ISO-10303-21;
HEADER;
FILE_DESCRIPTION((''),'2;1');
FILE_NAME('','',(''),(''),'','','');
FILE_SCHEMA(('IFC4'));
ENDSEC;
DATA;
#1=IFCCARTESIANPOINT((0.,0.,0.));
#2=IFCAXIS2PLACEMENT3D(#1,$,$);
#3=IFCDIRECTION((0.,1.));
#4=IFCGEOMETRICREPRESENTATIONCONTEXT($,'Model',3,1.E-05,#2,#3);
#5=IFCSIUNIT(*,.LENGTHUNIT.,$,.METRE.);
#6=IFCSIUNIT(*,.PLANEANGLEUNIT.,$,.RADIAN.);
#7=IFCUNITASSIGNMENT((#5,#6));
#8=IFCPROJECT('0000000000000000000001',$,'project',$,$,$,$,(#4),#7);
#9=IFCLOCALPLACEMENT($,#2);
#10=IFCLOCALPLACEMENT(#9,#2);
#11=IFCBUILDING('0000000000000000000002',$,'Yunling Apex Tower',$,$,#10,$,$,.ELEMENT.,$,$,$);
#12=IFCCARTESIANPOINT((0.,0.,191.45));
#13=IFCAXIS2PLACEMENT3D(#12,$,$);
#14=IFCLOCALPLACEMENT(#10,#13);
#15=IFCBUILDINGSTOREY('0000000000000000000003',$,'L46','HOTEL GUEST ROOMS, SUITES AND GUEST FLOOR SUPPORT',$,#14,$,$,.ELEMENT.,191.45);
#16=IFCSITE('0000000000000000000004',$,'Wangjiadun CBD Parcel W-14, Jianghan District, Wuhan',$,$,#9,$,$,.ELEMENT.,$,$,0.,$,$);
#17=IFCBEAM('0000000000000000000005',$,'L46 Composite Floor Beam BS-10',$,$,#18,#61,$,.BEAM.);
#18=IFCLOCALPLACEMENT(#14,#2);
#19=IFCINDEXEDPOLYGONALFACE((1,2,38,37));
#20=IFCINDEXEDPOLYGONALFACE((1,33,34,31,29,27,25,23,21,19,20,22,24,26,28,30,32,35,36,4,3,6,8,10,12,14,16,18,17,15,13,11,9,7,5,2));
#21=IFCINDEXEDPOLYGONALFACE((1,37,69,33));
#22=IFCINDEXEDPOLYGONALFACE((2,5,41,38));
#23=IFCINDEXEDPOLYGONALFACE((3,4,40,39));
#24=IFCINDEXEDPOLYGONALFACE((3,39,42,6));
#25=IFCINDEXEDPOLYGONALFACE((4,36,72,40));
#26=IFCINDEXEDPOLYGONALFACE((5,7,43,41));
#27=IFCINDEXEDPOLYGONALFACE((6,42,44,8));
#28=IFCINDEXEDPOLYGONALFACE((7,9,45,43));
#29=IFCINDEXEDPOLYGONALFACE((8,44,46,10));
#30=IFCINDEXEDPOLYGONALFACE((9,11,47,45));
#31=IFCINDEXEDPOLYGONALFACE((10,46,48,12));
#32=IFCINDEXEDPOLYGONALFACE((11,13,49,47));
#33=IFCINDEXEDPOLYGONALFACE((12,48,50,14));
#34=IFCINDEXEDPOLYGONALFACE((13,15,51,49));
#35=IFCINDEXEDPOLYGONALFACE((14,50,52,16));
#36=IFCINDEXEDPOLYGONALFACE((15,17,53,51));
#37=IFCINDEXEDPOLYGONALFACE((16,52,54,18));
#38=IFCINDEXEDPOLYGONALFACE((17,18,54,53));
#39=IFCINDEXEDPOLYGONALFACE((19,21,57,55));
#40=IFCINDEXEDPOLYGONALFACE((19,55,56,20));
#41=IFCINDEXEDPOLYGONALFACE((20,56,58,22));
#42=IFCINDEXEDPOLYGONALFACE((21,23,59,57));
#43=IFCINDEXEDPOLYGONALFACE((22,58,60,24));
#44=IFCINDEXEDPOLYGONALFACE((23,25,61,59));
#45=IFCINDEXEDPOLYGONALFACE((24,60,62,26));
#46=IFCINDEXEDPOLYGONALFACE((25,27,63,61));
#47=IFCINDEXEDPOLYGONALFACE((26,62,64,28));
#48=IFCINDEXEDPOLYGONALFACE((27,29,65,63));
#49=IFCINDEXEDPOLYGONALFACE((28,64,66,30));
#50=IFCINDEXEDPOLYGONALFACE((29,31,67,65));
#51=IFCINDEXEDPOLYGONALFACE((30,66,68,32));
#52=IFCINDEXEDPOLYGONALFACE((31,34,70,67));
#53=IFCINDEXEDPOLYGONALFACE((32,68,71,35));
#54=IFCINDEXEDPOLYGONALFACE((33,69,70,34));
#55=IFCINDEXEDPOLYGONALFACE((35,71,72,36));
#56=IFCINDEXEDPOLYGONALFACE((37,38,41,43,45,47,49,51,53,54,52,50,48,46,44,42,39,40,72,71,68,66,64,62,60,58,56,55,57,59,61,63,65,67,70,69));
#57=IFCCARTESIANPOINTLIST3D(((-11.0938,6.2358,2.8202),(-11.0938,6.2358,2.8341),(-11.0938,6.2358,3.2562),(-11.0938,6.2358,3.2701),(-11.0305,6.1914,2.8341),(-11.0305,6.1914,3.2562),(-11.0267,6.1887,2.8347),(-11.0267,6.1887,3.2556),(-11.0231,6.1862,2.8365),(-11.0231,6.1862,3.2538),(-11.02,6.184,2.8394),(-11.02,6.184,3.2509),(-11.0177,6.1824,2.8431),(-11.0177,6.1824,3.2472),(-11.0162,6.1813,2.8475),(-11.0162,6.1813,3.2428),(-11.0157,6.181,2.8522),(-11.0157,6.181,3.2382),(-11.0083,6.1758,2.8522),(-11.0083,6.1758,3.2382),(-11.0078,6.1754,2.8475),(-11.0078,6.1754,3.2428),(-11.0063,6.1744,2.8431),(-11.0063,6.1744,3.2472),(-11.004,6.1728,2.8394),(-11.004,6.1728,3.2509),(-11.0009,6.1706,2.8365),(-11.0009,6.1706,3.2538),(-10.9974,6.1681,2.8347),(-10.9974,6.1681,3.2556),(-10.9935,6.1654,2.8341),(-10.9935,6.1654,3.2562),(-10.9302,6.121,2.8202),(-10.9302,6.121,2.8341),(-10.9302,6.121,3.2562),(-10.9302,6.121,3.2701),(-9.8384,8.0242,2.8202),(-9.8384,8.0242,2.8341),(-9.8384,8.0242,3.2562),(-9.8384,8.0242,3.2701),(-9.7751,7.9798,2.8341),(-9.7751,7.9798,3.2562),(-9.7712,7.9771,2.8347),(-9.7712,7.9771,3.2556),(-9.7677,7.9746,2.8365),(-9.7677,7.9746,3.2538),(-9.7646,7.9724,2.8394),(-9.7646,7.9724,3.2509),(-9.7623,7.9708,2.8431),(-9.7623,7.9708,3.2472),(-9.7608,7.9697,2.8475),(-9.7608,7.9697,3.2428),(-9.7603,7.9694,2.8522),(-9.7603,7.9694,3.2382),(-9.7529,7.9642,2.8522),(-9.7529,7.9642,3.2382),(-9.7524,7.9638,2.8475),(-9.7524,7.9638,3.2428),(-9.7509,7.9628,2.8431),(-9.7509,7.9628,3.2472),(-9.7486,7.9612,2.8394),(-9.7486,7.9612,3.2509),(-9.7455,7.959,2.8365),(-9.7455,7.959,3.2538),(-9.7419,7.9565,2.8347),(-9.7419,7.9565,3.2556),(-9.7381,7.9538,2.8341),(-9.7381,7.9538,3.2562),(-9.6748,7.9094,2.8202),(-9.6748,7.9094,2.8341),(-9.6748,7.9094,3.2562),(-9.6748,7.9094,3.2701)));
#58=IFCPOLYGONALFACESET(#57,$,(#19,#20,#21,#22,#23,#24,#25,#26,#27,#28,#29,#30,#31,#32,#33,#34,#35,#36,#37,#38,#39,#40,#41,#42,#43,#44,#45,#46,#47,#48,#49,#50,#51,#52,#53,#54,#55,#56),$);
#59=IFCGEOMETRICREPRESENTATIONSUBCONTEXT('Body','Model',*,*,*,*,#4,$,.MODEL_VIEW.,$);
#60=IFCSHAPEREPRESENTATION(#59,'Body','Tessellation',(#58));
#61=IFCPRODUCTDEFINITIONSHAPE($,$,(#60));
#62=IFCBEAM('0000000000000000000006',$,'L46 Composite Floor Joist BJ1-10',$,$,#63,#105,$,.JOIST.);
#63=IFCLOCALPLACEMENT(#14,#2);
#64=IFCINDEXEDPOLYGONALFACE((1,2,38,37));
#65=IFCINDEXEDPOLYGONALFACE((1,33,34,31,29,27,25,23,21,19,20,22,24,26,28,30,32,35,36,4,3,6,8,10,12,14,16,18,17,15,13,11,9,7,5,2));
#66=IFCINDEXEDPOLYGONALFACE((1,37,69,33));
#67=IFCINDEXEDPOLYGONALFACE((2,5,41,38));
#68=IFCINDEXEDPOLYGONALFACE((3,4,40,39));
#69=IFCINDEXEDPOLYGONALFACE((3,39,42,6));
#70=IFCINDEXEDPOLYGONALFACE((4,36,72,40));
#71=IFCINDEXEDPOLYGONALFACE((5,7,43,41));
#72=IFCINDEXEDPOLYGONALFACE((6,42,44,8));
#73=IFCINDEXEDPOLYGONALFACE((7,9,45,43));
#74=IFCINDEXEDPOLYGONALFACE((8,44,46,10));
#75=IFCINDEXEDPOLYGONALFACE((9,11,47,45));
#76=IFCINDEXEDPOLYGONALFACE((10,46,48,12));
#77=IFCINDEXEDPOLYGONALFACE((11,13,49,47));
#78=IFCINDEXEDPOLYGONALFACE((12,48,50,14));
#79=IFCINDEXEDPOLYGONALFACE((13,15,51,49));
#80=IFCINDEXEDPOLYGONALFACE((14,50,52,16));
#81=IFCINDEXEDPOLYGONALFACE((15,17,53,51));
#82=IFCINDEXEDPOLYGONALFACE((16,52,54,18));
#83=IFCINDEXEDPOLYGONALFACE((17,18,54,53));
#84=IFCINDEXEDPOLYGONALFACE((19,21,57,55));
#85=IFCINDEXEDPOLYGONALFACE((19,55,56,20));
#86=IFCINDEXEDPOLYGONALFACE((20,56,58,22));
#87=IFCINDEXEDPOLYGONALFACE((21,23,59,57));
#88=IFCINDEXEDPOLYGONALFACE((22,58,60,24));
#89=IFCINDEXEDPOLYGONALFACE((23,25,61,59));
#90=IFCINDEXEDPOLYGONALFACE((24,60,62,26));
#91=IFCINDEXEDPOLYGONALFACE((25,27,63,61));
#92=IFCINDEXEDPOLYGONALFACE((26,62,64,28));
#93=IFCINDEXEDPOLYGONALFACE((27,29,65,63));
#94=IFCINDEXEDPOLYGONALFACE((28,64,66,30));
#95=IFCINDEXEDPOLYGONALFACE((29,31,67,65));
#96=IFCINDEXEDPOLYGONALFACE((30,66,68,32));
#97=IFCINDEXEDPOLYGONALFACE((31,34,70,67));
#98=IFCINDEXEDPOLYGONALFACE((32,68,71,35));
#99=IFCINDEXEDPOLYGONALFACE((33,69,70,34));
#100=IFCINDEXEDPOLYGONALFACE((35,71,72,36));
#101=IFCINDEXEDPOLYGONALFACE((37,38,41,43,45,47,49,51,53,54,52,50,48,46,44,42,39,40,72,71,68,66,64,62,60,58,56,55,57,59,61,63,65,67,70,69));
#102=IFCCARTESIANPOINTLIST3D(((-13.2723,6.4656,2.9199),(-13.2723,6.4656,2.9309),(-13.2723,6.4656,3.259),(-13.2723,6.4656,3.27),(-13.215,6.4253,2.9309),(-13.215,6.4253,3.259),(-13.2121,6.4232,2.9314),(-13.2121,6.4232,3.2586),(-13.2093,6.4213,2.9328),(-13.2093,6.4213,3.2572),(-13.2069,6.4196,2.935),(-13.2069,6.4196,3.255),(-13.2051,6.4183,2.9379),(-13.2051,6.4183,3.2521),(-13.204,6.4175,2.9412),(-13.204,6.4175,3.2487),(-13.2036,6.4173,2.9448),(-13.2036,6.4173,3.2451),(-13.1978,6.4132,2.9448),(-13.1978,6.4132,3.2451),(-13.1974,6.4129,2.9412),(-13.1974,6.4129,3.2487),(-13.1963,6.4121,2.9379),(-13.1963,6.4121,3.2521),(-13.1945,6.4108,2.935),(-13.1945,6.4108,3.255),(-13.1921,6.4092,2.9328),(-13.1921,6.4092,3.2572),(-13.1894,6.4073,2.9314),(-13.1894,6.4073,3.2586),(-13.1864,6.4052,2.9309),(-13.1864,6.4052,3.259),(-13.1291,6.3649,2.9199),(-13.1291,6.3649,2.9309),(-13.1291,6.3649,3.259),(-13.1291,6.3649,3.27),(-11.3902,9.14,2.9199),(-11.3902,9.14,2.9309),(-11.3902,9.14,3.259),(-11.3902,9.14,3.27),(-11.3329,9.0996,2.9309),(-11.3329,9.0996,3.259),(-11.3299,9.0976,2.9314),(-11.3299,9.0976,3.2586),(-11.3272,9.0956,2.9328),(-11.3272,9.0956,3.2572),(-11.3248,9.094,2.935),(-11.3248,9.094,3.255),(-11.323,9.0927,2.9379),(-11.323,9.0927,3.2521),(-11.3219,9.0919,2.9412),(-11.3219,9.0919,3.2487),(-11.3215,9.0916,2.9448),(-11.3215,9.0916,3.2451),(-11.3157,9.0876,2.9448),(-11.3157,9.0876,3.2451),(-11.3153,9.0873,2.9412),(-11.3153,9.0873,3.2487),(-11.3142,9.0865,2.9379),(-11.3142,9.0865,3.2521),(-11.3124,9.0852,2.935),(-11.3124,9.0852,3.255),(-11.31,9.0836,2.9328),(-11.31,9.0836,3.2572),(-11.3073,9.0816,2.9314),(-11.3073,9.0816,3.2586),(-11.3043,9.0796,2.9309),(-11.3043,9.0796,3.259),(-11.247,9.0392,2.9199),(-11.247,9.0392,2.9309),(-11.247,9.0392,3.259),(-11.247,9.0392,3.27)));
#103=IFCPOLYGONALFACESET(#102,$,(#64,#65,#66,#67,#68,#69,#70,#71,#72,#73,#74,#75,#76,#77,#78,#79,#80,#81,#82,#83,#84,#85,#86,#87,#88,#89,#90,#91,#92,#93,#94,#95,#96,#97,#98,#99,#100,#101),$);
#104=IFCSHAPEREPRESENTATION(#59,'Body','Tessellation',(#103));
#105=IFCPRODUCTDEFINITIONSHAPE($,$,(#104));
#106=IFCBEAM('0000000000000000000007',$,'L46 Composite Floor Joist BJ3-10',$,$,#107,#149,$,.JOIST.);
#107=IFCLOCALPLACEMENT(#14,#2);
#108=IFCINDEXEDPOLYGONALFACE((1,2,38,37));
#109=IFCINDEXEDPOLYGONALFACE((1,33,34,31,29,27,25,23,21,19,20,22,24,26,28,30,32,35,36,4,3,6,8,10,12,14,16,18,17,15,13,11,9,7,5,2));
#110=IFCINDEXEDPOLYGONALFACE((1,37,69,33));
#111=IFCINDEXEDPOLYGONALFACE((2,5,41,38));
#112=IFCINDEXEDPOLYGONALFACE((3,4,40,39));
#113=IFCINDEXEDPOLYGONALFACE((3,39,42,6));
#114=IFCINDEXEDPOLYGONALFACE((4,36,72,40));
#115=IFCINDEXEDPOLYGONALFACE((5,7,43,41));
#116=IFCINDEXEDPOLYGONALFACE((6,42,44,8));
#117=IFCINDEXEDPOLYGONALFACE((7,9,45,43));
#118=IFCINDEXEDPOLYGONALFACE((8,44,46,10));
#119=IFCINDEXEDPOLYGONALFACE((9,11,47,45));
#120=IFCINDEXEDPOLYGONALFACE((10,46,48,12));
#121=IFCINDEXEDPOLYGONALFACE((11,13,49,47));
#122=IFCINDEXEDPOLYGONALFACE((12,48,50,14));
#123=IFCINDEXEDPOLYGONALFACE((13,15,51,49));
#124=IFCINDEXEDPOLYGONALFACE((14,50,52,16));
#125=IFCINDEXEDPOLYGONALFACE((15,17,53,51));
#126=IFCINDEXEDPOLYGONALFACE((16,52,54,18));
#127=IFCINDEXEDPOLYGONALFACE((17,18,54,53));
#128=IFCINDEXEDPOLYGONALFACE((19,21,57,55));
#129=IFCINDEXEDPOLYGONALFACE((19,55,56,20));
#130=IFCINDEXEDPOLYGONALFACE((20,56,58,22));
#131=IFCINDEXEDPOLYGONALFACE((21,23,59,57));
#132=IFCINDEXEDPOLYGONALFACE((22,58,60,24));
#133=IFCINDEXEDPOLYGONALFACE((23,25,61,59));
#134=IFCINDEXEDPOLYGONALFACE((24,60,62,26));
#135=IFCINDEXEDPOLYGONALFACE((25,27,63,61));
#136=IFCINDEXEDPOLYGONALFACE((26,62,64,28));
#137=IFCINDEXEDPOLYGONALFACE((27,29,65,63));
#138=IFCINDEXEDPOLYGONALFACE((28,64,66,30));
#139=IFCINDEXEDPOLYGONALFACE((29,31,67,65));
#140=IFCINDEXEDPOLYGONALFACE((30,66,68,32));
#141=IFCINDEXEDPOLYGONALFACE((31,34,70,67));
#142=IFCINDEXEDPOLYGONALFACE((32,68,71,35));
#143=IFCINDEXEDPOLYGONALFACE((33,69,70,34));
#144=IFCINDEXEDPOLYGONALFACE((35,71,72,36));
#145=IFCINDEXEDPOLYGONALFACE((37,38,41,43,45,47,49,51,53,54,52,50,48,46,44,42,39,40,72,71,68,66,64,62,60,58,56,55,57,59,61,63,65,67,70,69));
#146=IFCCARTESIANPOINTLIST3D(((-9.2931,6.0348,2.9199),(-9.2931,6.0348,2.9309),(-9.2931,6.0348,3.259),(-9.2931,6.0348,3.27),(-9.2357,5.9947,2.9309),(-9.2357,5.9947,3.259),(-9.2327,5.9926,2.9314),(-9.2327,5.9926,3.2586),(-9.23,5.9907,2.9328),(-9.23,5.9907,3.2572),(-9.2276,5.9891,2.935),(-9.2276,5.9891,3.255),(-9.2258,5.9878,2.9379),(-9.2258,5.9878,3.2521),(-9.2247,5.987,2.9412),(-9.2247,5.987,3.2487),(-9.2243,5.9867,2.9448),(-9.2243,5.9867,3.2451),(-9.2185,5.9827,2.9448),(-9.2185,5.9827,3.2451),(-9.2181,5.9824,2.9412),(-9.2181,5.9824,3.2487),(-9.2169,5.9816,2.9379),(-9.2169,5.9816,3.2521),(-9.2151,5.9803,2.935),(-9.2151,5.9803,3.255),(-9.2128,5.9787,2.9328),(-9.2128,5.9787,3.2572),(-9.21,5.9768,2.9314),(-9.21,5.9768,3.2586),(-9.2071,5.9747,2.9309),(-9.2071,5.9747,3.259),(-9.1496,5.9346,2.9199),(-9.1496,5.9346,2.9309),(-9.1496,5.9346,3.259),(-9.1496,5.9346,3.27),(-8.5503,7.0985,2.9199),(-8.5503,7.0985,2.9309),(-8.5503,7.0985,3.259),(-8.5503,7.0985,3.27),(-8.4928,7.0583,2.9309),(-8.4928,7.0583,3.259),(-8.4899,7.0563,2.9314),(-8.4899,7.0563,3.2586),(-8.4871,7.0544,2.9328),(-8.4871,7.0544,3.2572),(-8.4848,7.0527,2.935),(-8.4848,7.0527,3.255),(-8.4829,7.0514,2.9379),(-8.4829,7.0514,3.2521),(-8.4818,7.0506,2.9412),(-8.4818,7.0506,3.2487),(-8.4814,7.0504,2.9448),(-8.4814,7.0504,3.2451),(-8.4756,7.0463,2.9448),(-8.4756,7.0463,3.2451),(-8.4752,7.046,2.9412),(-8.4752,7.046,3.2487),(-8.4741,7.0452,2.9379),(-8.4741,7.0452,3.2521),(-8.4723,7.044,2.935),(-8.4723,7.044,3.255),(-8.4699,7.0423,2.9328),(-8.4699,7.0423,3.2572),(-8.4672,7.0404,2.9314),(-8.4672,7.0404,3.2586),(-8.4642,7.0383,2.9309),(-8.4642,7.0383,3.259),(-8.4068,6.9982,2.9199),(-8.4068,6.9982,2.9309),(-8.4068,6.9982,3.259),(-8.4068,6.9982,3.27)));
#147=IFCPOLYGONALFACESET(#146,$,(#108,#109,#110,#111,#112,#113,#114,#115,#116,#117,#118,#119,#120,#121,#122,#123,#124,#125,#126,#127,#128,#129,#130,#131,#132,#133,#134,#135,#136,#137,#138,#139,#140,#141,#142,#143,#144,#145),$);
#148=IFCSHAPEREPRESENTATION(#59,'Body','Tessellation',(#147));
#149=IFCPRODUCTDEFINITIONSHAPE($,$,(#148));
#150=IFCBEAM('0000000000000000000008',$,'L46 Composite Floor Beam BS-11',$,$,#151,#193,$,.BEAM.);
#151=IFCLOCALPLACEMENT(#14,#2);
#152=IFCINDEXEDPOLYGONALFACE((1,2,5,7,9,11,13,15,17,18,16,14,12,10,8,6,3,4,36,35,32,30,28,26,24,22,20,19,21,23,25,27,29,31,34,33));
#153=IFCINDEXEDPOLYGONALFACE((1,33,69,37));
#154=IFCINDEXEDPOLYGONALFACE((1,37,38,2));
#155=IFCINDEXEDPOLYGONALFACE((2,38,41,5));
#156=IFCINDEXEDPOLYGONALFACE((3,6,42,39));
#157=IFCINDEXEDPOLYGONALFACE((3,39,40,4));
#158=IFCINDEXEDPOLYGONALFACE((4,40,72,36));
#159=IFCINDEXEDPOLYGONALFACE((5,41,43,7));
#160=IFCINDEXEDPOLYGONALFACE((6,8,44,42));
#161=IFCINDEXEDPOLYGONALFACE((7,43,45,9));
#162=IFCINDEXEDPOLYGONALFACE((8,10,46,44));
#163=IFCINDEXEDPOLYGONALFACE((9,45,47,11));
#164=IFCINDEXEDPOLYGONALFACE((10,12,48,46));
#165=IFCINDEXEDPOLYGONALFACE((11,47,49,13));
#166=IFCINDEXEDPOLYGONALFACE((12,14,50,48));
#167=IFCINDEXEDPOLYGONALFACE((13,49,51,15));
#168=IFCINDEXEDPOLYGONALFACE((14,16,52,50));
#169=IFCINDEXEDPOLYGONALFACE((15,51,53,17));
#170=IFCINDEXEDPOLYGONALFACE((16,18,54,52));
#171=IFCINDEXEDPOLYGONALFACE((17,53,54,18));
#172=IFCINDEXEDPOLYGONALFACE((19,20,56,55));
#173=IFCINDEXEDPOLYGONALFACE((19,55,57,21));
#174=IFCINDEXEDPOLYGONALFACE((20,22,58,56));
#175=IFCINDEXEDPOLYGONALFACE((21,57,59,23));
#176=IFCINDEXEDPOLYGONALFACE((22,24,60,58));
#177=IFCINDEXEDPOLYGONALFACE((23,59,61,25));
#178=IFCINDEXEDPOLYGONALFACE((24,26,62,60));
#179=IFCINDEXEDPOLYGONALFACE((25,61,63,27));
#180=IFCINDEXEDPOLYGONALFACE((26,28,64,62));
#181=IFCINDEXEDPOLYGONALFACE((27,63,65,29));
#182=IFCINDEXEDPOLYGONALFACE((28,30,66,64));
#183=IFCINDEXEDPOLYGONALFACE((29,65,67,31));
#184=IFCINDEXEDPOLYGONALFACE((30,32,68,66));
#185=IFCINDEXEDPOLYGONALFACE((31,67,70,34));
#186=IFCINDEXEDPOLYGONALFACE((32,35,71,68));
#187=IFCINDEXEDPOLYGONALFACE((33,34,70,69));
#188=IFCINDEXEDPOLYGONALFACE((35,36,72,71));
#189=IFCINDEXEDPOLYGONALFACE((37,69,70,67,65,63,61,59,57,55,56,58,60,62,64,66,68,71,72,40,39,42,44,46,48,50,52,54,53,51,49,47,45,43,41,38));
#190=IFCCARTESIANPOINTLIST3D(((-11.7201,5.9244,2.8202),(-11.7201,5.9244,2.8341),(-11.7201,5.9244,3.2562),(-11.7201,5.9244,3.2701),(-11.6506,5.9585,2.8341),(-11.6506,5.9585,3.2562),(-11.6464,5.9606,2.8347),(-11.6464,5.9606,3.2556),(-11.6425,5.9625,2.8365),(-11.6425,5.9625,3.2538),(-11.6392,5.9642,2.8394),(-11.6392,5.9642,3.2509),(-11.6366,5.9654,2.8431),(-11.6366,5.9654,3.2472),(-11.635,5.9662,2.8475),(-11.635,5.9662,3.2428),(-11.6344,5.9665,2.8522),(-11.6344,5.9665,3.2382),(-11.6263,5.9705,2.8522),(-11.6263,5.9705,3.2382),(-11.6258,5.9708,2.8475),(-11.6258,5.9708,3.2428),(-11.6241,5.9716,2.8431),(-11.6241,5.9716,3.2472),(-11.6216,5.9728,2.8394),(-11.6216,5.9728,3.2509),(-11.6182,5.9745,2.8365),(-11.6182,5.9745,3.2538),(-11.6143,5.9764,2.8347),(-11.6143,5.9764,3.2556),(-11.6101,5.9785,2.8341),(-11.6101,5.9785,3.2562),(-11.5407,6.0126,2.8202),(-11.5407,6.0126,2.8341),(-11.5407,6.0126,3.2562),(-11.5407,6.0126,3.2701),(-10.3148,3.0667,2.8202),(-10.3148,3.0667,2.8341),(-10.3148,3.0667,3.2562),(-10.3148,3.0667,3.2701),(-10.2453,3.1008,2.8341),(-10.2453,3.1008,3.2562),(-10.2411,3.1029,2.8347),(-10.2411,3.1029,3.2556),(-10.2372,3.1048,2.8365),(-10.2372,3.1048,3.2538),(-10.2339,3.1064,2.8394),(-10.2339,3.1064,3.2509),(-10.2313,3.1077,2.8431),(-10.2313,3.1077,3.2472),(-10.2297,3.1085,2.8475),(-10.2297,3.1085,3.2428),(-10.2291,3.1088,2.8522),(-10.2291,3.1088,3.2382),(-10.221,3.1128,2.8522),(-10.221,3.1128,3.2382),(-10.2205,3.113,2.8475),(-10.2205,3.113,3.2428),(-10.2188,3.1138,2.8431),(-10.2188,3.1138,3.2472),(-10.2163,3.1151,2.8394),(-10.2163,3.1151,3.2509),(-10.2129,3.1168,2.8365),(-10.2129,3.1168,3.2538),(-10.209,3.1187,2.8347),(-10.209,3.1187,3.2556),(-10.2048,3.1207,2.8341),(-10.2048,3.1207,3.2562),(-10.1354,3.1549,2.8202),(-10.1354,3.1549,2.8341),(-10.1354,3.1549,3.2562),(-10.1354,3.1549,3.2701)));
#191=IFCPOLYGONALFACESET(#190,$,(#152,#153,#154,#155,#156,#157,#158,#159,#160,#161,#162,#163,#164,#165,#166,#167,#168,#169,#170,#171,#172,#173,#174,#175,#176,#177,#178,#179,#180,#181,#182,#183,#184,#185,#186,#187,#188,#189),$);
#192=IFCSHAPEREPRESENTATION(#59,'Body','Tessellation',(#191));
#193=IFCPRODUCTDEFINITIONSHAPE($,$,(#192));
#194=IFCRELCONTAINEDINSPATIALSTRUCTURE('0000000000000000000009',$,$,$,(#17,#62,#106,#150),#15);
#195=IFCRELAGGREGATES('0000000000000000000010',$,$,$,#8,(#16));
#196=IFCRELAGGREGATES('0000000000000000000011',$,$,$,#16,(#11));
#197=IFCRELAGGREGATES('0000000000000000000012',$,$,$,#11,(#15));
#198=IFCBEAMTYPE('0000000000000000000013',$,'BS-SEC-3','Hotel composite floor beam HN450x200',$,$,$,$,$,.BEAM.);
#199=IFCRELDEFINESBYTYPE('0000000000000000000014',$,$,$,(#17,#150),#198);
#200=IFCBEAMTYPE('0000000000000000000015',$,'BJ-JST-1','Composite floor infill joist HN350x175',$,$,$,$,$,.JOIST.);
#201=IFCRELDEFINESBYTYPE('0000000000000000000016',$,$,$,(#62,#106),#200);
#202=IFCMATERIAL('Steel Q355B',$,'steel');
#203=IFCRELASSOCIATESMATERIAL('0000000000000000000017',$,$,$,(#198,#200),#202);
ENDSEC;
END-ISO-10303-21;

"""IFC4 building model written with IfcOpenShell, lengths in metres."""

from ifc_helpers import new_model, si_unit, direction, frame, origin, origin_2d, place, context, subcontext, project, spatial, i_section, extrude, source, transform, mapped, material, material_profile, profile_set, type_object, element, save


model = new_model("IFC4")

# Units and contexts
model_context = context("Model", 3, precision=1e-05, world=origin(), true_north=direction((0.0, 1.0)))
body_context = subcontext(model_context, "Body", "Model", "MODEL_VIEW")
ifc_project = project(units=[si_unit("LENGTHUNIT", "METRE"), si_unit("PLANEANGLEUNIT", "RADIAN")], contexts=[model_context])

# Site, building, storey
site_placement = place(None, origin())
site = spatial("IfcSite", under=ifc_project, at=site_placement, Name="Wangjiadun CBD Parcel W-14, Jianghan District, Wuhan", CompositionType="ELEMENT", RefElevation=0.0)
building_placement = place(site_placement, origin())
building = spatial("IfcBuilding", under=site, at=building_placement, Name="Yunling Apex Tower", CompositionType="ELEMENT")
storey_placement = place(building_placement, frame((0.0, 0.0, 191.45)))
storey = spatial("IfcBuildingStorey", under=building, at=storey_placement, Name="L46", Description="HOTEL GUEST ROOMS, SUITES AND GUEST FLOOR SUPPORT", CompositionType="ELEMENT", Elevation=191.45)

# Beams
ifc_material_1 = material(Name="Steel Q355B", Category="steel")
ifc_material_profile_1 = material_profile(ifc_material_1, i_section(OverallWidth=0.2, OverallDepth=0.45, WebThickness=0.009, FlangeThickness=0.0139, FilletRadius=0.0181, at=origin_2d()))
ifc_profile_set_1 = profile_set([ifc_material_profile_1], Name="Steel Q355B")
beam_type_1 = type_object("IfcBeamType", Name="BS-SEC-3", Description="Hotel composite floor beam HN450x200", PredefinedType="BEAM", material=ifc_profile_set_1)
shared_shape_1 = source(origin(), body_context, "Body", "SweptSolid", [
    extrude(i_section(OverallWidth=0.2, OverallDepth=0.45, WebThickness=0.009, FlangeThickness=0.0139, FilletRadius=0.0181, at=origin_2d()), origin(), (0.0, 0.0, 1.0), 2.1851),
])
beam_1_placement = place(storey_placement, frame((-9.7566, 7.9668, 3.0452), z_axis=(-0.574549, -0.81847, 0.0), x_axis=(0.81847, -0.574549, 0.0)))
element("IfcBeam", 1, at=beam_1_placement, inside=storey, type_object=beam_type_1, Name="L46 Composite Floor Beam BS-10", PredefinedType="BEAM", context=body_context, shape_type="MappedRepresentation", body=[
    mapped(shared_shape_1, transform((0.0, 0.0, 0.0), scale=1.0)),
])
ifc_material_profile_2 = material_profile(ifc_material_1, i_section(OverallWidth=0.175, OverallDepth=0.3501, WebThickness=0.0071, FlangeThickness=0.011, FilletRadius=0.0139, at=origin_2d()))
ifc_profile_set_2 = profile_set([ifc_material_profile_2], Name="Steel Q355B")
beam_type_2 = type_object("IfcBeamType", Name="BJ-JST-1", Description="Composite floor infill joist HN350x175", PredefinedType="JOIST", material=ifc_profile_set_2)
shared_shape_2 = source(origin(), body_context, "Body", "SweptSolid", [
    extrude(i_section(OverallWidth=0.175, OverallDepth=0.3501, WebThickness=0.0071, FlangeThickness=0.011, FilletRadius=0.0139, at=origin_2d()), origin(), (0.0, 0.0, 1.0), 3.2703),
])
beam_2_placement = place(storey_placement, frame((-11.3186, 9.0896, 3.095), z_axis=(-0.575525, -0.817784, 0.0), x_axis=(0.817784, -0.575525, 0.0)))
element("IfcBeam", 2, at=beam_2_placement, inside=storey, type_object=beam_type_2, Name="L46 Composite Floor Joist BJ1-10", PredefinedType="JOIST", context=body_context, shape_type="MappedRepresentation", body=[
    mapped(shared_shape_2, transform((0.0, 0.0, 0.0), scale=1.0)),
])
shared_shape_3 = source(origin(), body_context, "Body", "SweptSolid", [
    extrude(i_section(OverallWidth=0.175, OverallDepth=0.3501, WebThickness=0.0071, FlangeThickness=0.011, FilletRadius=0.0139, at=origin_2d()), origin(), (0.0, 0.0, 1.0), 1.2974),
])
beam_3_placement = place(storey_placement, frame((-8.4785, 7.0483, 3.095), z_axis=(-0.572591, -0.819841, 0.0), x_axis=(0.819841, -0.572591, 0.0)))
element("IfcBeam", 3, at=beam_3_placement, inside=storey, type_object=beam_type_2, Name="L46 Composite Floor Joist BJ3-10", PredefinedType="JOIST", context=body_context, shape_type="MappedRepresentation", body=[
    mapped(shared_shape_3, transform((0.0, 0.0, 0.0), scale=1.0)),
])
shared_shape_4 = source(origin(), body_context, "Body", "SweptSolid", [
    extrude(i_section(OverallWidth=0.2, OverallDepth=0.45, WebThickness=0.009, FlangeThickness=0.0139, FilletRadius=0.0181, at=origin_2d()), origin(), (0.0, 0.0, 1.0), 3.1846),
])
beam_4_placement = place(storey_placement, frame((-11.6304, 5.9685, 3.0452), z_axis=(0.441285, -0.897367, 0.0), x_axis=(0.897367, 0.441285, 0.0)))
element("IfcBeam", 4, at=beam_4_placement, inside=storey, type_object=beam_type_1, Name="L46 Composite Floor Beam BS-11", PredefinedType="BEAM", context=body_context, shape_type="MappedRepresentation", body=[
    mapped(shared_shape_4, transform((0.0, 0.0, 0.0), scale=1.0)),
])

save(model, "model.ifc")
